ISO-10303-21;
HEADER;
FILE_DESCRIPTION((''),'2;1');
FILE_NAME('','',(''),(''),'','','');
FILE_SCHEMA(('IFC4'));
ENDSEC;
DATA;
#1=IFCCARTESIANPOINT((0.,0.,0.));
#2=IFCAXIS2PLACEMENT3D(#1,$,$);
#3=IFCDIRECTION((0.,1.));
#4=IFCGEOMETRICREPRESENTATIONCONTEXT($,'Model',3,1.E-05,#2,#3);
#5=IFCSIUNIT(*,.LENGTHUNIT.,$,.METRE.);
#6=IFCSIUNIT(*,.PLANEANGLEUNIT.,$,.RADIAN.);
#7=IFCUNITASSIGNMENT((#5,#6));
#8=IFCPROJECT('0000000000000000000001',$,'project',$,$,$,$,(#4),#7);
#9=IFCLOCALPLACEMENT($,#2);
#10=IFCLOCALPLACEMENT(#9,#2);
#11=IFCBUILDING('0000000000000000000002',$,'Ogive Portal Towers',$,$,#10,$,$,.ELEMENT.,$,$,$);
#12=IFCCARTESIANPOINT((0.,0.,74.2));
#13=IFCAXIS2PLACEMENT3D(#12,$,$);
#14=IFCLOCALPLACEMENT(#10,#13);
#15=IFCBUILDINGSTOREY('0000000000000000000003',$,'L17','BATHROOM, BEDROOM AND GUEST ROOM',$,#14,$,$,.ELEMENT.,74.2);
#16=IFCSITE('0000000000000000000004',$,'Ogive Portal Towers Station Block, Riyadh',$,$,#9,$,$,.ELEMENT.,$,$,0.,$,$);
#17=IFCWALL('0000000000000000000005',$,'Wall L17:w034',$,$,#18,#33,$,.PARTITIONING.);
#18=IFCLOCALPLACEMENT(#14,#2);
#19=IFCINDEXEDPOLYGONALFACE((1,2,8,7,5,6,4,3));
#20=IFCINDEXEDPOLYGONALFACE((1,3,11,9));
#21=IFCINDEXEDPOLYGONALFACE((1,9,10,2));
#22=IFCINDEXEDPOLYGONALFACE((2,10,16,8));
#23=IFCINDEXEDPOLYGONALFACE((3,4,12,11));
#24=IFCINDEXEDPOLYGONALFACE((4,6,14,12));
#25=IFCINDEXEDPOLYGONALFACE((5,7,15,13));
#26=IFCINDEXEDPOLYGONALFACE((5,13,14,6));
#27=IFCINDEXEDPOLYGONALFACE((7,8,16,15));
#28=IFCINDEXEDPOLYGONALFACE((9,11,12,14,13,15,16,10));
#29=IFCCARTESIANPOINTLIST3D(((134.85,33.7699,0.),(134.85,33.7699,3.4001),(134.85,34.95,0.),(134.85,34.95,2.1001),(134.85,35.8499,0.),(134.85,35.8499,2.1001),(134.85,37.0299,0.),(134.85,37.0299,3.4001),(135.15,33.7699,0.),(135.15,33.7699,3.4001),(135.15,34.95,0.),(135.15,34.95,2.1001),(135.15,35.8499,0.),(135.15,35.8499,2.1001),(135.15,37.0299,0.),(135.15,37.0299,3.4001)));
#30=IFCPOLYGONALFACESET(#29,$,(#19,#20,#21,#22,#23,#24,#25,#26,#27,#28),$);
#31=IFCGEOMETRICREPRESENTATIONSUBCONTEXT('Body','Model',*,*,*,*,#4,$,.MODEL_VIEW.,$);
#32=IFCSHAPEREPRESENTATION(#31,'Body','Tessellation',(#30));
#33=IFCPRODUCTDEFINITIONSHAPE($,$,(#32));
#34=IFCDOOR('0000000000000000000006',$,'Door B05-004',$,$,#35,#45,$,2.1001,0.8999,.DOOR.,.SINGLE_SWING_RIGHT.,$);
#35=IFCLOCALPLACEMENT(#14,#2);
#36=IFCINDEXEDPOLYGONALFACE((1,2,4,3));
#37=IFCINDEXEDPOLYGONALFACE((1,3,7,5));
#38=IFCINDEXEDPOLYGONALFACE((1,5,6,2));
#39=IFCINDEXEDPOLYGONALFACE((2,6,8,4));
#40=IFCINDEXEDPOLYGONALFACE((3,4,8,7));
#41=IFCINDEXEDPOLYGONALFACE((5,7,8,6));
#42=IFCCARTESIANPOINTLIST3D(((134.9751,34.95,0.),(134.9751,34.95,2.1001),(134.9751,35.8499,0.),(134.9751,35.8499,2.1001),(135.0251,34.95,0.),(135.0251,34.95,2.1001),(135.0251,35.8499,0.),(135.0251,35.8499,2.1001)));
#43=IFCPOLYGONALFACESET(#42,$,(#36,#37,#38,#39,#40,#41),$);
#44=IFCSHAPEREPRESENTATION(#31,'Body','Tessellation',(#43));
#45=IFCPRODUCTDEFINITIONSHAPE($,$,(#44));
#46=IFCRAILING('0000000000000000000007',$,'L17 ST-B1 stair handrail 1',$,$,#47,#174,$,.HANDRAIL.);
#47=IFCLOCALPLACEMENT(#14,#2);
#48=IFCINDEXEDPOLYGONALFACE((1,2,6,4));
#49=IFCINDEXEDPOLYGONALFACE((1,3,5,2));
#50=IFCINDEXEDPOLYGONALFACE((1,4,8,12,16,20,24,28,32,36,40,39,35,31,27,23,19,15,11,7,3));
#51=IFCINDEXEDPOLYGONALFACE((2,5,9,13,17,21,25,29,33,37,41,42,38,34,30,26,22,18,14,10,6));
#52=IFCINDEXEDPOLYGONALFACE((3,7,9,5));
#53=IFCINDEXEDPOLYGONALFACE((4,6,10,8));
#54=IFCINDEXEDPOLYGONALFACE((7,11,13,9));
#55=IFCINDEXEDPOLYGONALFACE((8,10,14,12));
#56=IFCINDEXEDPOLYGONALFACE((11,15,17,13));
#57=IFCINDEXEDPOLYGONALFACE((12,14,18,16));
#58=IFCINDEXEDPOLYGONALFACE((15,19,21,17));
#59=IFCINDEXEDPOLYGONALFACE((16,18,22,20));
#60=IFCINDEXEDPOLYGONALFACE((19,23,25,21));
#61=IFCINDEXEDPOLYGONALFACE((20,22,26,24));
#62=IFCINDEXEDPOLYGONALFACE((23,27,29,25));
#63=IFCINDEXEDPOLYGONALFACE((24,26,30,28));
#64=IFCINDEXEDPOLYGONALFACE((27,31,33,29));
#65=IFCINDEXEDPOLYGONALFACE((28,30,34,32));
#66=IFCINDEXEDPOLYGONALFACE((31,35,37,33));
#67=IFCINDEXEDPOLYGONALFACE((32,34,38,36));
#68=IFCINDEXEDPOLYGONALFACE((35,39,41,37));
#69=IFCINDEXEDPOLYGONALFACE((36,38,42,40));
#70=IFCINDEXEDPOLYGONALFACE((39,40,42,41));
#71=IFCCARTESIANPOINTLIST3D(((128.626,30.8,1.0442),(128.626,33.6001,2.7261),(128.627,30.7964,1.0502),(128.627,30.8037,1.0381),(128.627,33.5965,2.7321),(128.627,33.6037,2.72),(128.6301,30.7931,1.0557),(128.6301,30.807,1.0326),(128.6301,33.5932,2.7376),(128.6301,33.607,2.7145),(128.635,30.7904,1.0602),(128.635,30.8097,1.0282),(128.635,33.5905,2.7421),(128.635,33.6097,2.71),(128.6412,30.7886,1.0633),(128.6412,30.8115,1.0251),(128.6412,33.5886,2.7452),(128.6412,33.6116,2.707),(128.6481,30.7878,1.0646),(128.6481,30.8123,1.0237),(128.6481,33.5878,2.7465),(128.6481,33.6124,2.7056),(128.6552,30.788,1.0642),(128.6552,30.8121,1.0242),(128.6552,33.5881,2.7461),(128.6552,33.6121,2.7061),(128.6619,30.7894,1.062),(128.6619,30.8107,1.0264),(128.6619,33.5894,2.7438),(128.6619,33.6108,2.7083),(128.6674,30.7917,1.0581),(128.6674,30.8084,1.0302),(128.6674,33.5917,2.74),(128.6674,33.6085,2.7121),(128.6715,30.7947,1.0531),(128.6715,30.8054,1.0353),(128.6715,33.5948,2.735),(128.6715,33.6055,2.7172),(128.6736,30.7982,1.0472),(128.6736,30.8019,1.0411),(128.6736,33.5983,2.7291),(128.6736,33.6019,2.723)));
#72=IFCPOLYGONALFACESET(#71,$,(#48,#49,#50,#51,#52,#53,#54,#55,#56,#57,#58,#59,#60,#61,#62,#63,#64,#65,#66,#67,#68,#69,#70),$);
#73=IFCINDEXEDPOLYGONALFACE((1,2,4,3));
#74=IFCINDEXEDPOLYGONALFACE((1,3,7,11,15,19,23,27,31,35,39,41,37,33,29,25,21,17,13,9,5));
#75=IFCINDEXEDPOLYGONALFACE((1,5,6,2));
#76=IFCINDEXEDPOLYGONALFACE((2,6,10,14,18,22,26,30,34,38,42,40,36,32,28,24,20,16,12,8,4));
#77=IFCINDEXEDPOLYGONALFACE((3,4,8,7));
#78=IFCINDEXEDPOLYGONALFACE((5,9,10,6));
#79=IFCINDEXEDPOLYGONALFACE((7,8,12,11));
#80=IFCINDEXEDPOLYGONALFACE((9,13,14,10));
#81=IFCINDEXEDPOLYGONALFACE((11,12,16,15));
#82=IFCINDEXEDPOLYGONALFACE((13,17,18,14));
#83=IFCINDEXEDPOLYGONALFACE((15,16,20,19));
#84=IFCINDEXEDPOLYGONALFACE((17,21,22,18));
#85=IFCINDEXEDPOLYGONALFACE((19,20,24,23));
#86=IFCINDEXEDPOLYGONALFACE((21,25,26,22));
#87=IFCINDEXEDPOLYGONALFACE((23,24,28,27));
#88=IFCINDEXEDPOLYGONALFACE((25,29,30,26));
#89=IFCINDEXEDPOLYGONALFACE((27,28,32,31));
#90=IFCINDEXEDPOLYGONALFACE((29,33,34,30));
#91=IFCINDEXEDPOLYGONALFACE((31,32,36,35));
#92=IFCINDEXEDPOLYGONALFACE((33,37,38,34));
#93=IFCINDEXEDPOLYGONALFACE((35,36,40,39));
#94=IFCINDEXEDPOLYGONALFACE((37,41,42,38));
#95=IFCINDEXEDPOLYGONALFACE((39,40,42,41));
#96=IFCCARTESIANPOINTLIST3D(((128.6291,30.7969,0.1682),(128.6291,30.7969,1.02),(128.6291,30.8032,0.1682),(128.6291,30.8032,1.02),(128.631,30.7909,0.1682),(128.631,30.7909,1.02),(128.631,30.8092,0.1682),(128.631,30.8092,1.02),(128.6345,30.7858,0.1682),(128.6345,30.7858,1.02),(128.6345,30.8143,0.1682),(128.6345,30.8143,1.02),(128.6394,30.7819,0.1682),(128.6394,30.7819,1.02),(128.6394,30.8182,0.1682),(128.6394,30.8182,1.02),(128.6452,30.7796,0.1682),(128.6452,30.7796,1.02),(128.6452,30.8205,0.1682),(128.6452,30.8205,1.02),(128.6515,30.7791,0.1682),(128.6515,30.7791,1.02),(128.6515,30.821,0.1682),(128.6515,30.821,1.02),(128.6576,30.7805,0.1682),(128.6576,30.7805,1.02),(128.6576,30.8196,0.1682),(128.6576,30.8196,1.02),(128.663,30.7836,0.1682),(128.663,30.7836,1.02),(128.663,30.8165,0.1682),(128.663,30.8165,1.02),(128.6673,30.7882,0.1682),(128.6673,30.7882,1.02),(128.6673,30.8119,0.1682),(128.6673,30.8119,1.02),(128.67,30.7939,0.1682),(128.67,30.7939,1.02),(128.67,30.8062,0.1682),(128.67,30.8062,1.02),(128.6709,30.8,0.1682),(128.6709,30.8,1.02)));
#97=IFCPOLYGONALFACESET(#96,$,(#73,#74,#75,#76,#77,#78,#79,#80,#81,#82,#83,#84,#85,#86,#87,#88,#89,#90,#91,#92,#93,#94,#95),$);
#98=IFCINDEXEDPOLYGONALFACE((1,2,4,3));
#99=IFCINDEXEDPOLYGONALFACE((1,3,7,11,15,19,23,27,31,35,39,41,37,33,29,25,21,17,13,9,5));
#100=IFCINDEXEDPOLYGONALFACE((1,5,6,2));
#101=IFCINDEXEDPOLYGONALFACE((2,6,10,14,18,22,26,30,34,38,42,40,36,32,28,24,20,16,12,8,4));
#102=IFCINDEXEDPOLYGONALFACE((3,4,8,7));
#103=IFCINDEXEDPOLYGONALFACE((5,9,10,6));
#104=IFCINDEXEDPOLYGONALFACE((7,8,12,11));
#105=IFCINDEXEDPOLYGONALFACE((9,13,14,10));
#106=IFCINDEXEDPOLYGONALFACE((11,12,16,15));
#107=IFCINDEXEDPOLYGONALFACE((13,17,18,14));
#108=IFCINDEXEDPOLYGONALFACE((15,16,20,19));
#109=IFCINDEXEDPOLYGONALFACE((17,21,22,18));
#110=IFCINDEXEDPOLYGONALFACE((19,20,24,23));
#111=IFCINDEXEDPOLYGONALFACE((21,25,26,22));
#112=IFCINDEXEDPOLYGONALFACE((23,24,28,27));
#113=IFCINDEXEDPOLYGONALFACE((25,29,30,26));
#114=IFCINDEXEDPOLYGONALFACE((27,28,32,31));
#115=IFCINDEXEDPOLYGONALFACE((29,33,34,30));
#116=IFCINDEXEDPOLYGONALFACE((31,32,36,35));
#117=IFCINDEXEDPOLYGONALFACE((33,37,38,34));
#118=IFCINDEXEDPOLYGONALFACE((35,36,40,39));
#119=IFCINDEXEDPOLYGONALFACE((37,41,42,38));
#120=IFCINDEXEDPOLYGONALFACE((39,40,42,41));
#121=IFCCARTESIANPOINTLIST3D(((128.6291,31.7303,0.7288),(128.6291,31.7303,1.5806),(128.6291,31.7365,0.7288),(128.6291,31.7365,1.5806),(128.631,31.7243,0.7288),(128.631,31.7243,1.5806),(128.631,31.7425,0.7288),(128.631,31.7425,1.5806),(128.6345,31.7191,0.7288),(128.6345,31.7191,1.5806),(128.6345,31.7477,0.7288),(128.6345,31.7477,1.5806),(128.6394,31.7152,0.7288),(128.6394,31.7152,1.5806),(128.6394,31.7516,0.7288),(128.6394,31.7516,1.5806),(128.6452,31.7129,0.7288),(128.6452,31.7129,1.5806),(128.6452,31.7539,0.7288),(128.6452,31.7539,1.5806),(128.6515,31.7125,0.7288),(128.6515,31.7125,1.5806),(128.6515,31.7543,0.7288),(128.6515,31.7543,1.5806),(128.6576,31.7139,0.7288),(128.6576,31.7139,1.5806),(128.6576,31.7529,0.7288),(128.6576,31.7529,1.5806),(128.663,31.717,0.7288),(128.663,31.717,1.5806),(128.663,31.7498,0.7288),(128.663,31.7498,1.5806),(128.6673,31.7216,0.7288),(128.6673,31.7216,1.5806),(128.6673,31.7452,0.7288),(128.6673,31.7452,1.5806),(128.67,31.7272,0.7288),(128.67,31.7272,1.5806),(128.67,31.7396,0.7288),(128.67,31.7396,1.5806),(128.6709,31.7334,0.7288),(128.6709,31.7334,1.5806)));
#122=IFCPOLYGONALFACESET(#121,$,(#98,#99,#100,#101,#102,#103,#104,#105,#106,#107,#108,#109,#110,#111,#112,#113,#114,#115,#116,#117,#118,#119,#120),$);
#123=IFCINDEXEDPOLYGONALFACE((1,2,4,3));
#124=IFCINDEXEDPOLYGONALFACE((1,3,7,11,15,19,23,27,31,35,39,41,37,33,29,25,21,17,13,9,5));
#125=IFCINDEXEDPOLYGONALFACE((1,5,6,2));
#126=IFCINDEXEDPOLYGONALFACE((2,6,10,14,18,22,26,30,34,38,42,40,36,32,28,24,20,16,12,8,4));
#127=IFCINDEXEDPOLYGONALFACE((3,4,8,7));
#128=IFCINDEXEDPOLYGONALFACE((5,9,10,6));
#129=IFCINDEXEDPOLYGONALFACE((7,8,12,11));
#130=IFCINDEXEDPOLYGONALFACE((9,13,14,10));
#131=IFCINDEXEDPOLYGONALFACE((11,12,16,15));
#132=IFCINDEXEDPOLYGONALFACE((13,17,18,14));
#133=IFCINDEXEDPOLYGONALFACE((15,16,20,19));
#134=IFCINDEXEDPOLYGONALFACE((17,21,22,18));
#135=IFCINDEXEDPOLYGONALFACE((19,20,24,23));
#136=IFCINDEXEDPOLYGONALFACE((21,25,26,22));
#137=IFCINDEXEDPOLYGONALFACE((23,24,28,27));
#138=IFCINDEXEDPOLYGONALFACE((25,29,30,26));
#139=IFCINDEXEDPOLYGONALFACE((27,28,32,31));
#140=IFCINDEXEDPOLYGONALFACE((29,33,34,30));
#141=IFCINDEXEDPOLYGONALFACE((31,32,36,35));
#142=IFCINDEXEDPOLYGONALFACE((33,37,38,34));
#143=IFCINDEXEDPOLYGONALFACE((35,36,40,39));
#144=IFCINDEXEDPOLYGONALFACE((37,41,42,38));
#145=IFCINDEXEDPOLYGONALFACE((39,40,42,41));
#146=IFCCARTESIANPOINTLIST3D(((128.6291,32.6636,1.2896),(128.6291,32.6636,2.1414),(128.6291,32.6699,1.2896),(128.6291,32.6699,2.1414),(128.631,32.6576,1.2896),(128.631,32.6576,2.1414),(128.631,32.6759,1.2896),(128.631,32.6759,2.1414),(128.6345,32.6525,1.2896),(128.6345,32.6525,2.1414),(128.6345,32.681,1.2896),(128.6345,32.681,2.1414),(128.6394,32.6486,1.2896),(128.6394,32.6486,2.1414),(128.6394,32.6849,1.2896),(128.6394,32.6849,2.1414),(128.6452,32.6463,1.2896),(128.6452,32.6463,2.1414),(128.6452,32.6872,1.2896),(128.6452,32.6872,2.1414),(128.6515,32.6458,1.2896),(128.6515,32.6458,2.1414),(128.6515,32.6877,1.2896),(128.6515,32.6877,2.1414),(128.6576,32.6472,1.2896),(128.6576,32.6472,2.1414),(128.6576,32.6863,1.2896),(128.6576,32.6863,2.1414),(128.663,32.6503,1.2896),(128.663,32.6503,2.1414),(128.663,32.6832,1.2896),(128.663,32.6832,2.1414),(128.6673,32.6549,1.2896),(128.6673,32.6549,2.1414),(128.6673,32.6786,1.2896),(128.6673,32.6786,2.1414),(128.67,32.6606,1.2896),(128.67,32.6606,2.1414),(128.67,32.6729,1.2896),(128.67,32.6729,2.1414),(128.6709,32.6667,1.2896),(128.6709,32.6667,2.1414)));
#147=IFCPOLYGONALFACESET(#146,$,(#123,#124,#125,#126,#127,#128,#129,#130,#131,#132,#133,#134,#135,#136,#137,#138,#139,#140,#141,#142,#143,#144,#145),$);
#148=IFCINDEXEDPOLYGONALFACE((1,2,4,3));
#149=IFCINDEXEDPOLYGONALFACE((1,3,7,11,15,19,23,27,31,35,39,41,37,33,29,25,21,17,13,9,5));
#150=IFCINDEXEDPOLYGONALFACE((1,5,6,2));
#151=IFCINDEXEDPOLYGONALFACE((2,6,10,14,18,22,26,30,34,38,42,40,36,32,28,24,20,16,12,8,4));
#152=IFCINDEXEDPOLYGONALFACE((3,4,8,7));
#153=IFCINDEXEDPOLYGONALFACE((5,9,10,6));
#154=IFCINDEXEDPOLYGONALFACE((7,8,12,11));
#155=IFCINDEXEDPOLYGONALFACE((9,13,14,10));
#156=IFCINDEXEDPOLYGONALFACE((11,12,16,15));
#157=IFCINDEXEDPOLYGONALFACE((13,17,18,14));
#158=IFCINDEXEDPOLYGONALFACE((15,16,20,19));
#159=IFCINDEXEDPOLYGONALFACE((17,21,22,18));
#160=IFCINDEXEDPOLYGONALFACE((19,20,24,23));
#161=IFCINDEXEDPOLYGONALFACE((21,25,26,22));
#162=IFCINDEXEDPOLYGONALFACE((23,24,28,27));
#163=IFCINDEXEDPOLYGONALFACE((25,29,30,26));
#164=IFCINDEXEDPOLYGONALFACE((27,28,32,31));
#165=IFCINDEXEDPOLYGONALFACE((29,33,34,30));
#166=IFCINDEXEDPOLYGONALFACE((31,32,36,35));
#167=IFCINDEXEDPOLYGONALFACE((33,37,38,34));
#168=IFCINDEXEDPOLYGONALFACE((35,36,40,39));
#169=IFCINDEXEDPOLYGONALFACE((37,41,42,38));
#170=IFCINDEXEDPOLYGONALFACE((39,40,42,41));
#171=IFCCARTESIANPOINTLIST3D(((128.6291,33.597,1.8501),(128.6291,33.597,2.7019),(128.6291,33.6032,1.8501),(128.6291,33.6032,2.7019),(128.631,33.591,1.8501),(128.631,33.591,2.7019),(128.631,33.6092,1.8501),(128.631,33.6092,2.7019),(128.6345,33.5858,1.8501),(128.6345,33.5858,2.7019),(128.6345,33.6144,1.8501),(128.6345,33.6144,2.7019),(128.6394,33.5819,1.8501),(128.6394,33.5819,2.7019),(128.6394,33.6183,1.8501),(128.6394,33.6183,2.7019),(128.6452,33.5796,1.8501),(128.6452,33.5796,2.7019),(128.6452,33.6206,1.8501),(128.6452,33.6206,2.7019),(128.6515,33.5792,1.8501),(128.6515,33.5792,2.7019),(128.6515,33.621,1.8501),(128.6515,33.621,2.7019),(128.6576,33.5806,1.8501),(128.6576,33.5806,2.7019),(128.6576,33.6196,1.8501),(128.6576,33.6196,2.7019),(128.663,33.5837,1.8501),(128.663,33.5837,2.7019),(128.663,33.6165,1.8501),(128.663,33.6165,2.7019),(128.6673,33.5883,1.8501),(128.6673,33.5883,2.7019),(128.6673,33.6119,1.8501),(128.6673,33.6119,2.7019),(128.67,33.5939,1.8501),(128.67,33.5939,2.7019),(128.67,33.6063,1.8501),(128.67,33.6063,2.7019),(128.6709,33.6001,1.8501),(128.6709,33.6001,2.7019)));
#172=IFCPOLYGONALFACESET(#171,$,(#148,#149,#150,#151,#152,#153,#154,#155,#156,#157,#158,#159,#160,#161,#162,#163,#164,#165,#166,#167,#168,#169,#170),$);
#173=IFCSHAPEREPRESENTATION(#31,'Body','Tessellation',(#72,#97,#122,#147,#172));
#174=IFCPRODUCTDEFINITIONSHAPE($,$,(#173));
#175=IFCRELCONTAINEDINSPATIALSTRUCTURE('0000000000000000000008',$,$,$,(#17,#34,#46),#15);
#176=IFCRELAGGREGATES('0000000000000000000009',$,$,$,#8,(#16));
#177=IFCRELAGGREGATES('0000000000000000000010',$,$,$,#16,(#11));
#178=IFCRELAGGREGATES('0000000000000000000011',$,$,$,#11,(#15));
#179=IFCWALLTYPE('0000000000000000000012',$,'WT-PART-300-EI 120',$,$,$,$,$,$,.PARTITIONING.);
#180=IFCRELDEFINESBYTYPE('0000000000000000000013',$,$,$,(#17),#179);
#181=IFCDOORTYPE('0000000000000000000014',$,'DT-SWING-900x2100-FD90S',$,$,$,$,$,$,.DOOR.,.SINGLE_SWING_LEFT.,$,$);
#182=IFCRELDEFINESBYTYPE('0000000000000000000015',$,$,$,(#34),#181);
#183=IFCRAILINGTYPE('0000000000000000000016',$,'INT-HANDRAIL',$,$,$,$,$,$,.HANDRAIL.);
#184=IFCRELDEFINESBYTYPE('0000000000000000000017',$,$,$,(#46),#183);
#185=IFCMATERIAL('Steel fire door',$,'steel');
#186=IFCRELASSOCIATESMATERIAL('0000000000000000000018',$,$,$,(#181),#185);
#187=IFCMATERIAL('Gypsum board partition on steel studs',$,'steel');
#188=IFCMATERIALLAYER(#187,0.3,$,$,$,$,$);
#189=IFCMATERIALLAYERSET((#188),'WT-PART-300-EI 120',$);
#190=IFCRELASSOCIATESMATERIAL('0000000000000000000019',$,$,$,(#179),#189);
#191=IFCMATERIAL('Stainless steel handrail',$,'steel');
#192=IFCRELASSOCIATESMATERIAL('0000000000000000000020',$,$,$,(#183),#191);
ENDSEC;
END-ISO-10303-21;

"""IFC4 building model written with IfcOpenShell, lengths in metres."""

from ifc_helpers import new_model, si_unit, direction, frame, frame_2d, origin, origin_2d, place, context, subcontext, project, spatial, rectangle, circle, extrude, material, layer, layer_set, type_object, element, fill, save


model = new_model("IFC4")

# Units and contexts
model_context = context("Model", 3, precision=1e-05, world=origin(), true_north=direction((0.0, 1.0)))
body_context = subcontext(model_context, "Body", "Model", "MODEL_VIEW")
ifc_project = project(units=[si_unit("LENGTHUNIT", "METRE"), si_unit("PLANEANGLEUNIT", "RADIAN")], contexts=[model_context])

# Site, building, storey
site_placement = place(None, origin())
site = spatial("IfcSite", under=ifc_project, at=site_placement, Name="Ogive Portal Towers Station Block, Riyadh", CompositionType="ELEMENT", RefElevation=0.0)
building_placement = place(site_placement, origin())
building = spatial("IfcBuilding", under=site, at=building_placement, Name="Ogive Portal Towers", CompositionType="ELEMENT")
storey_placement = place(building_placement, frame((0.0, 0.0, 74.2)))
storey = spatial("IfcBuildingStorey", under=building, at=storey_placement, Name="L17", Description="BATHROOM, BEDROOM AND GUEST ROOM", CompositionType="ELEMENT", Elevation=74.2)

# Shared definitions
ifc_material_1 = material(Name="Steel fire door", Category="steel")
door_type_1 = type_object("IfcDoorType", Name="DT-SWING-900x2100-FD90S", OperationType="SINGLE_SWING_LEFT", PredefinedType="DOOR", material=ifc_material_1)

# Shared definitions
ifc_material_2 = material(Name="Gypsum board partition on steel studs", Category="steel")

# Wall, opening, door
ifc_layer_1 = layer(ifc_material_2, 0.3)
ifc_layer_set_1 = layer_set([ifc_layer_1], Name="WT-PART-300-EI 120")
wall_type_1 = type_object("IfcWallType", Name="WT-PART-300-EI 120", PredefinedType="PARTITIONING", material=ifc_layer_set_1)
wall_1_placement = place(storey_placement, frame((135.0, 33.77, 0.0), z_axis=(0.0, 0.0, 1.0), x_axis=(0.0, 1.0, 0.0)))
wall_1 = element("IfcWall", 1, at=wall_1_placement, inside=storey, type_object=wall_type_1, Name="Wall L17:w034", PredefinedType="PARTITIONING", context=body_context, shape_type="SweptSolid", body=[
    extrude(rectangle(XDim=3.26, YDim=0.3, at=frame_2d((1.6299, 0.0))), origin(), (0.0, 0.0, 1.0), 3.4001),
])
opening_1_placement = place(wall_1_placement, frame((1.1799, 0.0, 0.0)))
opening_1 = element("IfcOpeningElement", 2, at=opening_1_placement, cuts=wall_1, PredefinedType="OPENING", context=body_context, shape_type="SweptSolid", body=[
    extrude(rectangle(XDim=0.8999, YDim=2.1001, at=frame_2d((0.45, 1.05))), frame((0.0, 0.1602, 0.0), z_axis=(0.0, -1.0, 0.0), x_axis=(1.0, 0.0, 0.0)), (0.0, 0.0, 1.0), 0.3201),
])
door_1_placement = place(opening_1_placement, origin())
door_1 = element("IfcDoor", 3, at=door_1_placement, inside=storey, type_object=door_type_1, Name="Door B05-004", OperationType="SINGLE_SWING_RIGHT", OverallHeight=2.1001, OverallWidth=0.8999, PredefinedType="DOOR", context=body_context, shape_type="SweptSolid", body=[
    extrude(rectangle(XDim=0.8999, YDim=2.1001, at=frame_2d((0.45, 1.05))), frame((0.0, 0.0249, 0.0), z_axis=(0.0, -1.0, 0.0), x_axis=(1.0, 0.0, 0.0)), (0.0, 0.0, 1.0), 0.05),
])
fill(opening_1, door_1)

# Railing
ifc_material_3 = material(Name="Stainless steel handrail", Category="steel")
railing_type = type_object("IfcRailingType", Name="INT-HANDRAIL", PredefinedType="HANDRAIL", material=ifc_material_3)
railing_placement = place(storey_placement, frame((128.6499, 30.8, 0.1682)))
element("IfcRailing", 4, at=railing_placement, inside=storey, type_object=railing_type, Name="L17 ST-B1 stair handrail 1", PredefinedType="HANDRAIL", context=body_context, shape_type="SweptSolid", body=[
    extrude(circle(Radius=0.0239, at=origin_2d()), frame((0.0, 0.0, 0.876), z_axis=(0.0, 0.857242, 0.514913), x_axis=(-1.0, 0.0, 0.0)), (0.0, 0.0, 1.0), 3.2664),
    extrude(circle(Radius=0.021, at=origin_2d()), origin(), (0.0, 0.0, 1.0), 0.8518),
    extrude(circle(Radius=0.021, at=origin_2d()), frame((0.0, 0.9333, 0.5605)), (0.0, 0.0, 1.0), 0.8518),
    extrude(circle(Radius=0.021, at=origin_2d()), frame((0.0, 1.8667, 1.1213)), (0.0, 0.0, 1.0), 0.8518),
    extrude(circle(Radius=0.021, at=origin_2d()), frame((0.0, 2.8, 1.6819)), (0.0, 0.0, 1.0), 0.8518),
])

save(model, "model.ifc")
